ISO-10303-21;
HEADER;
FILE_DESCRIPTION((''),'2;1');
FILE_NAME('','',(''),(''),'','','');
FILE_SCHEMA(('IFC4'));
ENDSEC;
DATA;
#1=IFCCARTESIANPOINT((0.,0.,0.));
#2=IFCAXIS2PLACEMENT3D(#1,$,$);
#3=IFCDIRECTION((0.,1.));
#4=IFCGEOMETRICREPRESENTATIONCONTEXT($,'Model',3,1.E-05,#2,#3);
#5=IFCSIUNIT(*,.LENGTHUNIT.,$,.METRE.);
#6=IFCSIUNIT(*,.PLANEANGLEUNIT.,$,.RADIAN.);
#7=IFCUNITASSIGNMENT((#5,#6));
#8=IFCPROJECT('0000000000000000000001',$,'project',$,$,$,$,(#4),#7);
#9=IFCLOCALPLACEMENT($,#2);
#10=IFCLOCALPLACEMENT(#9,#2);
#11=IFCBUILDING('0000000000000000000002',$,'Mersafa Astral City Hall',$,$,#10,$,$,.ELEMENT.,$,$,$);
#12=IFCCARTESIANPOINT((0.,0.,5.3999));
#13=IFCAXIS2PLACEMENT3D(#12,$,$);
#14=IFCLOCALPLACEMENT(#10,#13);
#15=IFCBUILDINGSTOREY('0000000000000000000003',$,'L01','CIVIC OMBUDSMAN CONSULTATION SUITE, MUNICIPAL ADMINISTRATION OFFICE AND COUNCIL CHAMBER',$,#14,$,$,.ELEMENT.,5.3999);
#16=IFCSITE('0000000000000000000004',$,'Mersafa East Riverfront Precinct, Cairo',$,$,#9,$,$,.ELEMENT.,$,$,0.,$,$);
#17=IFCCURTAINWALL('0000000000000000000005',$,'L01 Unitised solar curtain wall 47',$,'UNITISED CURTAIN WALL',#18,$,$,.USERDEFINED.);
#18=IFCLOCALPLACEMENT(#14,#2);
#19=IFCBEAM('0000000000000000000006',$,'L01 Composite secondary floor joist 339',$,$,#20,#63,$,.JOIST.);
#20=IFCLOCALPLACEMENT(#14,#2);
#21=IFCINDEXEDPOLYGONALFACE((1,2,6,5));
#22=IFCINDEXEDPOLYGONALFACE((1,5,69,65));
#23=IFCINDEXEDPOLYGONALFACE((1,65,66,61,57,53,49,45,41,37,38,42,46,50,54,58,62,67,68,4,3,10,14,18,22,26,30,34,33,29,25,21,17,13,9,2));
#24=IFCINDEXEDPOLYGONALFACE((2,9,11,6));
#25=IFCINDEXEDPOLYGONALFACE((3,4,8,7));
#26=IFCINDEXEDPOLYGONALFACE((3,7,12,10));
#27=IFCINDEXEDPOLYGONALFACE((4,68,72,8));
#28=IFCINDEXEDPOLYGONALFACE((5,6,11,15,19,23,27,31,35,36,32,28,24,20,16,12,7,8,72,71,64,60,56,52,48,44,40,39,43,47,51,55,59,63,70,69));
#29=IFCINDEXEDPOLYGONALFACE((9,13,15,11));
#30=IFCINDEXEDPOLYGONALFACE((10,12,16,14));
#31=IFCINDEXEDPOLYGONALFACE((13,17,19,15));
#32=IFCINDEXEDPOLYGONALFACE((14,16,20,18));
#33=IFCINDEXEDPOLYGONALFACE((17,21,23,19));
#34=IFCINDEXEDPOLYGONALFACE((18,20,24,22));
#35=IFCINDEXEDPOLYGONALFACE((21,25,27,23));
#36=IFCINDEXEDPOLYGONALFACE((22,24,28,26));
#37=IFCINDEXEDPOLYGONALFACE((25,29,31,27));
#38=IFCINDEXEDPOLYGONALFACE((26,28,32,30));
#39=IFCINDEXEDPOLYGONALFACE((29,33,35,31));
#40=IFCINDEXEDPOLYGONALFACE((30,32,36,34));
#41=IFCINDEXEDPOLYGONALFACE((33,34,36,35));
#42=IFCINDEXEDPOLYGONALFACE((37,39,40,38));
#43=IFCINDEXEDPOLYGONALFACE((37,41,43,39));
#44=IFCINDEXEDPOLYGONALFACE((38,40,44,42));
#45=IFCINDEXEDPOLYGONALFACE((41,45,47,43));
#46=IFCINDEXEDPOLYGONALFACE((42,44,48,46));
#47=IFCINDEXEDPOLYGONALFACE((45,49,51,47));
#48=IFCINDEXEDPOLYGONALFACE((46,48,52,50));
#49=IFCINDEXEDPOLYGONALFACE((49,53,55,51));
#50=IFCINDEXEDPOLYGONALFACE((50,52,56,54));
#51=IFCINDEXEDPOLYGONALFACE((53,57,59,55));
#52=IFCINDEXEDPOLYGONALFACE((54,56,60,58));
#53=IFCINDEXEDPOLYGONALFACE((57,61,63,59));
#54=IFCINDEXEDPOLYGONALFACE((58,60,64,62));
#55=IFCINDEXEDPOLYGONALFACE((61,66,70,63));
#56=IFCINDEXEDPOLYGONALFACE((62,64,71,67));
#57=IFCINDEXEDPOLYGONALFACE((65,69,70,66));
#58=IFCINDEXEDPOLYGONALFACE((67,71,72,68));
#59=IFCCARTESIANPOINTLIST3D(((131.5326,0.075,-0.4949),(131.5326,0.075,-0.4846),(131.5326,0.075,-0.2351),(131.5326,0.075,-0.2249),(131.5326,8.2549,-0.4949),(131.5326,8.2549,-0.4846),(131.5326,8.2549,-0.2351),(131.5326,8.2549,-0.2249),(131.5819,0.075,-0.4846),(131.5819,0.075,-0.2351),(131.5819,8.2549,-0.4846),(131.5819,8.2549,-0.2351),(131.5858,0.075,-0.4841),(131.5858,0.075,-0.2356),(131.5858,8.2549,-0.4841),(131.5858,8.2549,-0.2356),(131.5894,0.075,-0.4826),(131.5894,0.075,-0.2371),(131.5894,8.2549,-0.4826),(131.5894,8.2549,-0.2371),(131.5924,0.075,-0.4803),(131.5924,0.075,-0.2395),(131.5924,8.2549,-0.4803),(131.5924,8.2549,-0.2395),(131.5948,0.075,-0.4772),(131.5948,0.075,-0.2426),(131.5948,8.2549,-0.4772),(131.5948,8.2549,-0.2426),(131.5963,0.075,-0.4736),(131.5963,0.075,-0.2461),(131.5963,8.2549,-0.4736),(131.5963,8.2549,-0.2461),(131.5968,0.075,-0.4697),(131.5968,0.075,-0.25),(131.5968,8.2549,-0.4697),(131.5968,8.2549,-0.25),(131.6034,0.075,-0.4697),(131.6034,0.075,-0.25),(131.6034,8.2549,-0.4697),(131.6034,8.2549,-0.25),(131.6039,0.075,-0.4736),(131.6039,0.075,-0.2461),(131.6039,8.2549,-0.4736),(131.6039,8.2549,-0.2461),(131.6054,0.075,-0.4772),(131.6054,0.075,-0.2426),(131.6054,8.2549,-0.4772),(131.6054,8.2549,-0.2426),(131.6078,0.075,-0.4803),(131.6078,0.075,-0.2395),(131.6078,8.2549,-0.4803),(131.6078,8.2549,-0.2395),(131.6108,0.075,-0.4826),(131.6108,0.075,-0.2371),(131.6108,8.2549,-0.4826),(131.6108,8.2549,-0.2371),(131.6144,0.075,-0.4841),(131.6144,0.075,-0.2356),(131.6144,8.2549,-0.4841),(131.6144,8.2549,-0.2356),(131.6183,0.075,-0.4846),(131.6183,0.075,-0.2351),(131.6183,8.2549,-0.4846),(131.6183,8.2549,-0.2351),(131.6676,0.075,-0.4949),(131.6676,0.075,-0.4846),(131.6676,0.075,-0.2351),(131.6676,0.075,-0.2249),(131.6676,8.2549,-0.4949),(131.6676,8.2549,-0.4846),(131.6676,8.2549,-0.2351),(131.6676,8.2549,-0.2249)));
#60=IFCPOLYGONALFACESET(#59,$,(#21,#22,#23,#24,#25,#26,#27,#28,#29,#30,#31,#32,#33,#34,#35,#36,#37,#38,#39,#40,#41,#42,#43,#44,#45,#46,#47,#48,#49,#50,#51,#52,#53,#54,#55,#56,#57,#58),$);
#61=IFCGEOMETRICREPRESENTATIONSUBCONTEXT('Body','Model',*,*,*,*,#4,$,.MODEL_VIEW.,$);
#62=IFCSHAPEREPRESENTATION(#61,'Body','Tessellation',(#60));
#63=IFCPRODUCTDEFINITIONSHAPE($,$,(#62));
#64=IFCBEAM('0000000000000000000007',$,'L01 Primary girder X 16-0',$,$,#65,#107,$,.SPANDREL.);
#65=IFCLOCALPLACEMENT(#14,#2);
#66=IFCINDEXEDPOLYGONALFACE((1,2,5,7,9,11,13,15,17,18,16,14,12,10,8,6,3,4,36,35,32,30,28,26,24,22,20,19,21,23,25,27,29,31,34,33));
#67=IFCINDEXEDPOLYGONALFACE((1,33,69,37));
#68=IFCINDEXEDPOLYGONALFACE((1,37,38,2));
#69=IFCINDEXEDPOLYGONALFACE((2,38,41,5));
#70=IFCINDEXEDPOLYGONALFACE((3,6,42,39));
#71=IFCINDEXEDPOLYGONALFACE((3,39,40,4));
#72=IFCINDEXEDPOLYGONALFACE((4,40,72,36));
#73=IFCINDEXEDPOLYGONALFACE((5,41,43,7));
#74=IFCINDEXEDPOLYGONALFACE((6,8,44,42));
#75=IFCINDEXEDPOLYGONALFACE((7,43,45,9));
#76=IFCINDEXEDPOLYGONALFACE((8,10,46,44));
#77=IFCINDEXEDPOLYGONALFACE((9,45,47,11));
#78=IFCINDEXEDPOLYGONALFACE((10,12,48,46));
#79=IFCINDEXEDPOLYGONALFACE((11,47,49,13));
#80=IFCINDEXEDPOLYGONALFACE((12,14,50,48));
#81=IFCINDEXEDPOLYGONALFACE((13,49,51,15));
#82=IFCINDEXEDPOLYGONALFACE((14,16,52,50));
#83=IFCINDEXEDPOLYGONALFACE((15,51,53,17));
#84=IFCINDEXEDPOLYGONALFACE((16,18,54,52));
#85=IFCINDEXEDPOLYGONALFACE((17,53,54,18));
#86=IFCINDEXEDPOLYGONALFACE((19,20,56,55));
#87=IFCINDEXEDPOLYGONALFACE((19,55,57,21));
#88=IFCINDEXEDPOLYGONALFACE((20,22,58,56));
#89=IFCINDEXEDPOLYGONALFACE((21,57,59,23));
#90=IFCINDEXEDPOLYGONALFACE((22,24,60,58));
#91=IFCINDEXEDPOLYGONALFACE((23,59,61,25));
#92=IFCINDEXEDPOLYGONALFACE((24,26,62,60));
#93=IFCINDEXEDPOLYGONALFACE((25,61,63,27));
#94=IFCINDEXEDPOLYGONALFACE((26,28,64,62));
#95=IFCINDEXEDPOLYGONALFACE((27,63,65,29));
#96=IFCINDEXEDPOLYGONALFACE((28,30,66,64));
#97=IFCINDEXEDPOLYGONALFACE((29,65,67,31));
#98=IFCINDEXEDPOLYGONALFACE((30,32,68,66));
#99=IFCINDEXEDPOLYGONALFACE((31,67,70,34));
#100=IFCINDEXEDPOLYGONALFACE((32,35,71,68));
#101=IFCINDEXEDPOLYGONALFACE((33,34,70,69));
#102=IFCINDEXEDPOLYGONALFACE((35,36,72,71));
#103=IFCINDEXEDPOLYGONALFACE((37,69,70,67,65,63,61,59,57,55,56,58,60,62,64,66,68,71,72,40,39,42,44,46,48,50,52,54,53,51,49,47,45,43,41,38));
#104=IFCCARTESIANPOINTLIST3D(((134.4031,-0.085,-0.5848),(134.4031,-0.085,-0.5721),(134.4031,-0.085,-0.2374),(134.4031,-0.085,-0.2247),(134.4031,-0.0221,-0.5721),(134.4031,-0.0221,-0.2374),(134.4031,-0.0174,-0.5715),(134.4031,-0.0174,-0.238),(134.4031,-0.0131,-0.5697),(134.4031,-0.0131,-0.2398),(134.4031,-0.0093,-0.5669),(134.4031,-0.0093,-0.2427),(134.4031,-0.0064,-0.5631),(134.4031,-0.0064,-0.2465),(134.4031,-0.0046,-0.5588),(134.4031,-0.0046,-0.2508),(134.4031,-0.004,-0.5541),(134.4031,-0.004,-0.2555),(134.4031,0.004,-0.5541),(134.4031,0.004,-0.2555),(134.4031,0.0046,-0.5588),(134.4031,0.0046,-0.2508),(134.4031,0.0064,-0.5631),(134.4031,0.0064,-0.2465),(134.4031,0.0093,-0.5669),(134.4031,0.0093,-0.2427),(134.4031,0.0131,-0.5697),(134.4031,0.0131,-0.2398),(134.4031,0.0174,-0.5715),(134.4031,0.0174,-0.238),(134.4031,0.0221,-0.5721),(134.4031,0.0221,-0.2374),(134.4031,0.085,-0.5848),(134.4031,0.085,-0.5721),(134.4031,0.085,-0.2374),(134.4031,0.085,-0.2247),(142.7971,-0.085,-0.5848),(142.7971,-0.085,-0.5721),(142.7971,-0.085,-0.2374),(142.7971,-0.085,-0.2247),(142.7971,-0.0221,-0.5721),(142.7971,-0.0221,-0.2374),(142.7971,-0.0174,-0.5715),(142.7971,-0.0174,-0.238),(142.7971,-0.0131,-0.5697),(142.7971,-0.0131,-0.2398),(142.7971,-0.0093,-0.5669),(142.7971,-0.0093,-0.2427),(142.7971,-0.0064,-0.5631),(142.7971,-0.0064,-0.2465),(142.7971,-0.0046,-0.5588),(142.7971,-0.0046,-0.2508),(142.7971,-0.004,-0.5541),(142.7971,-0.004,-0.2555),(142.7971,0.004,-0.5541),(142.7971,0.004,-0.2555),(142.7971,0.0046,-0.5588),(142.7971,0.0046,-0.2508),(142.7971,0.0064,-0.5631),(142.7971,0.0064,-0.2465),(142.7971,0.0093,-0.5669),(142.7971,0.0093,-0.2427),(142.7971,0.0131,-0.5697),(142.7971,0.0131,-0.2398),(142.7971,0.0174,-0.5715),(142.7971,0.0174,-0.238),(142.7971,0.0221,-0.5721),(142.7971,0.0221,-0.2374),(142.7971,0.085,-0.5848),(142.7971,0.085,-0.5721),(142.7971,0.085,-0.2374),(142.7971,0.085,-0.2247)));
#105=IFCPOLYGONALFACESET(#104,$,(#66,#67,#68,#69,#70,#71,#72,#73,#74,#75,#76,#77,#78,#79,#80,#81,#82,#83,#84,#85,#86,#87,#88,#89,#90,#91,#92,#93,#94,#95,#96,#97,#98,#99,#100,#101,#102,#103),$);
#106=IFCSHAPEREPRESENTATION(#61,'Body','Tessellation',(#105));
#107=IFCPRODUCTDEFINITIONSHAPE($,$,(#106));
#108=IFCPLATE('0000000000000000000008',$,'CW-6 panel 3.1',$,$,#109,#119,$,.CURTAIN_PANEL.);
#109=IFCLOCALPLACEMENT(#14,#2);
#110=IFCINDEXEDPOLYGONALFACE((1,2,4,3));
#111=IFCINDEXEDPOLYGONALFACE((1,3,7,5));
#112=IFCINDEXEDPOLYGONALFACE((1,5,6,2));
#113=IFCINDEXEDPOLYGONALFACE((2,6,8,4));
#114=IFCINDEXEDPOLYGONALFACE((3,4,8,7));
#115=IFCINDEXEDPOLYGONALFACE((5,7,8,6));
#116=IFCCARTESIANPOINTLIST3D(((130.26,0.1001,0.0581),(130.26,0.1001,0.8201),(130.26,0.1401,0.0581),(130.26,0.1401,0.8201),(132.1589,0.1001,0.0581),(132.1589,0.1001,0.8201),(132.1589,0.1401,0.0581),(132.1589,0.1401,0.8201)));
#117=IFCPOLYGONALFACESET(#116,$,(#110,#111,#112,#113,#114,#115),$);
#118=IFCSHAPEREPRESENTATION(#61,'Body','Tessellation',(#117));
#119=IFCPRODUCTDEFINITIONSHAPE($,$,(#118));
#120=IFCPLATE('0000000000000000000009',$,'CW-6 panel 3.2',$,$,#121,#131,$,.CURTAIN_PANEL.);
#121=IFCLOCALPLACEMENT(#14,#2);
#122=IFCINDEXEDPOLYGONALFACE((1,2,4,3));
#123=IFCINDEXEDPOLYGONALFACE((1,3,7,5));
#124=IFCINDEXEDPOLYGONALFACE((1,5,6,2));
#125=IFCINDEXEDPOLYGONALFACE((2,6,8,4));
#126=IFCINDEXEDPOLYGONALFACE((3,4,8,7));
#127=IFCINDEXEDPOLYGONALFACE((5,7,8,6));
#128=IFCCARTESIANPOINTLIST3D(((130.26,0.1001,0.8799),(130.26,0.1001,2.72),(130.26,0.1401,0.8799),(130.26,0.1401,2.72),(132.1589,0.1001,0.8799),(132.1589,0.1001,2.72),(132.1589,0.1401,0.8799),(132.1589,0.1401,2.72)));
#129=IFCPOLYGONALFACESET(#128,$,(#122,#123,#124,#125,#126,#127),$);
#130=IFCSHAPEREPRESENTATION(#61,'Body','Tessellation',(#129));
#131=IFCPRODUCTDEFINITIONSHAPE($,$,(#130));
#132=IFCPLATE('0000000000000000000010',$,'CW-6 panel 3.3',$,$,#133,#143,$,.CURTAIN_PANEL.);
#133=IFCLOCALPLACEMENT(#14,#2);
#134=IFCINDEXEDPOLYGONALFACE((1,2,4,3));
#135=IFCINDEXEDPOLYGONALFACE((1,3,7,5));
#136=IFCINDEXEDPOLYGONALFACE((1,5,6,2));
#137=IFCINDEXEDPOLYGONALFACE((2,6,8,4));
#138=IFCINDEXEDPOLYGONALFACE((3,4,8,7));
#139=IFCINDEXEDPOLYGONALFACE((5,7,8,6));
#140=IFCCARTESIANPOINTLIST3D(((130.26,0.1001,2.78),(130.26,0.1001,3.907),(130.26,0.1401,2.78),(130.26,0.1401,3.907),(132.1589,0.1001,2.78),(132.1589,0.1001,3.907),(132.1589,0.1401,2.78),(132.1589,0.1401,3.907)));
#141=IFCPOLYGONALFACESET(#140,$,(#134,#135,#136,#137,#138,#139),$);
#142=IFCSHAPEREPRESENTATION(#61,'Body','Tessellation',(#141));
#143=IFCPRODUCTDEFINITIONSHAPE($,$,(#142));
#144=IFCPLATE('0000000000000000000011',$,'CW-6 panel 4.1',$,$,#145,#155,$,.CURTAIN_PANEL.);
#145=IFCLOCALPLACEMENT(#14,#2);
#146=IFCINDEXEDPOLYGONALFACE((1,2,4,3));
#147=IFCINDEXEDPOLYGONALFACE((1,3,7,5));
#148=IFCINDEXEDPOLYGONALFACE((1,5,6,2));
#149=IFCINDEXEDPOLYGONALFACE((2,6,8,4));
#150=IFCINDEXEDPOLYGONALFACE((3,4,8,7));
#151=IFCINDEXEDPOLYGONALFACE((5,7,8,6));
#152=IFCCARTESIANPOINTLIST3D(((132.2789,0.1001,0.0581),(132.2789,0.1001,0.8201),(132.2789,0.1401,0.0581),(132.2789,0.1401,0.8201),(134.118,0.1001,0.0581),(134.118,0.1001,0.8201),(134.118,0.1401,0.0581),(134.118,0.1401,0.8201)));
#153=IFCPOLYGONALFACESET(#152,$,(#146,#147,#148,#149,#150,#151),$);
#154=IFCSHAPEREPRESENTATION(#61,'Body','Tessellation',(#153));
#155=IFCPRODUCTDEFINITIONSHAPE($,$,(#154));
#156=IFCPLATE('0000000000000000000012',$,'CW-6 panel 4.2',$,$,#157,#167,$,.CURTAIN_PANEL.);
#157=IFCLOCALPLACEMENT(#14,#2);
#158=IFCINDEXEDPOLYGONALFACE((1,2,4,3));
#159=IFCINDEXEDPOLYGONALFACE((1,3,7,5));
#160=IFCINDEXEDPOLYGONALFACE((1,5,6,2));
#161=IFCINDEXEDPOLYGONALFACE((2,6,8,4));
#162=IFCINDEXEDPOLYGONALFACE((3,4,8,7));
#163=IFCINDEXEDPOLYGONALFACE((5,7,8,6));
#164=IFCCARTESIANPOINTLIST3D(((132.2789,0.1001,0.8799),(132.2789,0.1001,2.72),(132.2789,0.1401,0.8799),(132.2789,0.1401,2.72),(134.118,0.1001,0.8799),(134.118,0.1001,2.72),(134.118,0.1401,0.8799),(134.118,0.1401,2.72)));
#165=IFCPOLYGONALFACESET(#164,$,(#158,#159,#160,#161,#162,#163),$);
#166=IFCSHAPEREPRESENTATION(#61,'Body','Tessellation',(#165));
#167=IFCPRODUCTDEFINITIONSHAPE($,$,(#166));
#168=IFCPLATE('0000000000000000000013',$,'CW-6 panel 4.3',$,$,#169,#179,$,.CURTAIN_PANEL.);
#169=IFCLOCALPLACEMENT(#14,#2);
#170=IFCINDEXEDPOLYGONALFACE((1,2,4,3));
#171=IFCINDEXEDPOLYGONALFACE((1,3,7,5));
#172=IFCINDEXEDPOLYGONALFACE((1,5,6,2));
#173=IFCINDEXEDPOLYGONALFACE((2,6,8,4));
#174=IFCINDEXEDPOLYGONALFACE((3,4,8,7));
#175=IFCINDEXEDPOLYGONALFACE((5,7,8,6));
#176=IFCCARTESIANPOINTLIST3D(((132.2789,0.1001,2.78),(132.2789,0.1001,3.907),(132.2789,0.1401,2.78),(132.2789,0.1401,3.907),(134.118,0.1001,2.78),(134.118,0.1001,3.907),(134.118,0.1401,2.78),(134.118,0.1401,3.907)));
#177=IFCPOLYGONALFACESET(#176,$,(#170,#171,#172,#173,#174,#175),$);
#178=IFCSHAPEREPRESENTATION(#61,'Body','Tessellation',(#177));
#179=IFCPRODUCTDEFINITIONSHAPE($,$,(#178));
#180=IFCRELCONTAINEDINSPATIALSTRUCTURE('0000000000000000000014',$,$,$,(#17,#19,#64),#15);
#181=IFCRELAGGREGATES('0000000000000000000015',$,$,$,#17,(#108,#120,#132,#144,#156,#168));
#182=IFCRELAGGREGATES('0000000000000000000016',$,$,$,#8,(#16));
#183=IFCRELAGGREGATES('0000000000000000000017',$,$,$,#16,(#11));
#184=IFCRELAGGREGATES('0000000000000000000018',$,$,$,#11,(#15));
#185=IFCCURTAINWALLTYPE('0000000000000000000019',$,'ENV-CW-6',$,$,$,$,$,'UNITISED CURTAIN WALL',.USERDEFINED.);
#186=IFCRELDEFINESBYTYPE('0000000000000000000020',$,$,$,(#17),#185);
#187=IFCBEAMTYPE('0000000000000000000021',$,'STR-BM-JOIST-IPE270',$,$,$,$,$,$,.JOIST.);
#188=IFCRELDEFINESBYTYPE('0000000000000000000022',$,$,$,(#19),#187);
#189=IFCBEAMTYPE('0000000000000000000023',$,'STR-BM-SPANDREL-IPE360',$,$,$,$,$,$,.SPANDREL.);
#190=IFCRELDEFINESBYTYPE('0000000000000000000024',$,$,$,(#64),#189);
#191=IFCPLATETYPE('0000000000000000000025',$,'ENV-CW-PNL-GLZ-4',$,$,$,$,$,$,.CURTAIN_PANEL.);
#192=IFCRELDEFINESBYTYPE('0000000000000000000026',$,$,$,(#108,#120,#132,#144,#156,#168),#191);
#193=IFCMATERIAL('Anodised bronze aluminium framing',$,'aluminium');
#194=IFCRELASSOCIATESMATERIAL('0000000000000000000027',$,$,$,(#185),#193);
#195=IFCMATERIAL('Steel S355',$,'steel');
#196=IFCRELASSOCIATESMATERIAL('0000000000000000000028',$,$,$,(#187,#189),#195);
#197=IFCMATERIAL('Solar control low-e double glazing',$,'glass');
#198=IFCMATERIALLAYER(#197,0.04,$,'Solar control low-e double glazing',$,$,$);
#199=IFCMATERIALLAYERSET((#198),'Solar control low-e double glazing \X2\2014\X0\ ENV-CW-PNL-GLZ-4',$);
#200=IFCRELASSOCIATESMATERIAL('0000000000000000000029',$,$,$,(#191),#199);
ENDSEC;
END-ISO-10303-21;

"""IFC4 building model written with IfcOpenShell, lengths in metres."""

from ifc_helpers import new_model, si_unit, direction, frame, origin, origin_2d, place, context, subcontext, project, spatial, rectangle, i_section, extrude, material, layer, layer_set, material_profile, profile_set, type_object, element, aggregate, save


model = new_model("IFC4")

# Units and contexts
model_context = context("Model", 3, precision=1e-05, world=origin(), true_north=direction((0.0, 1.0)))
body_context = subcontext(model_context, "Body", "Model", "MODEL_VIEW")
ifc_project = project(units=[si_unit("LENGTHUNIT", "METRE"), si_unit("PLANEANGLEUNIT", "RADIAN")], contexts=[model_context])

# Site, building, storey
site_placement = place(None, origin())
site = spatial("IfcSite", under=ifc_project, at=site_placement, Name="Mersafa East Riverfront Precinct, Cairo", CompositionType="ELEMENT", RefElevation=0.0)
building_placement = place(site_placement, origin())
building = spatial("IfcBuilding", under=site, at=building_placement, Name="Mersafa Astral City Hall", CompositionType="ELEMENT")
storey_placement = place(building_placement, frame((0.0, 0.0, 5.3999)))
storey = spatial("IfcBuildingStorey", under=building, at=storey_placement, Name="L01", Description="CIVIC OMBUDSMAN CONSULTATION SUITE, MUNICIPAL ADMINISTRATION OFFICE AND COUNCIL CHAMBER", CompositionType="ELEMENT", Elevation=5.3999)

# Shared definitions
ifc_material_1 = material(Name="Steel S355", Category="steel")

# Curtain wall
ifc_material_2 = material(Name="Anodised bronze aluminium framing", Category="aluminium")
curtain_wall_type = type_object("IfcCurtainWallType", Name="ENV-CW-6", ElementType="UNITISED CURTAIN WALL", PredefinedType="USERDEFINED", material=ifc_material_2)
curtain_wall_placement = place(storey_placement, origin())
curtain_wall = element("IfcCurtainWall", 1, at=curtain_wall_placement, inside=storey, type_object=curtain_wall_type, Name="L01 Unitised solar curtain wall 47", ObjectType="UNITISED CURTAIN WALL", PredefinedType="USERDEFINED")

# Beams
ifc_material_profile_1 = material_profile(ifc_material_1, i_section(OverallWidth=0.135, OverallDepth=0.27, WebThickness=0.0066, FlangeThickness=0.0103, FilletRadius=0.0149, at=origin_2d()), Name="IPE 270")
ifc_profile_set_1 = profile_set([ifc_material_profile_1], Name="Steel S355")
beam_type_1 = type_object("IfcBeamType", Name="STR-BM-JOIST-IPE270", PredefinedType="JOIST", material=ifc_profile_set_1)
beam_1_placement = place(storey_placement, frame((131.6001, 0.075, -0.3599), z_axis=(0.0, 1.0, 0.0), x_axis=(-1.0, 0.0, 0.0)))
element("IfcBeam", 2, at=beam_1_placement, inside=storey, type_object=beam_type_1, Name="L01 Composite secondary floor joist 339", PredefinedType="JOIST", context=body_context, shape_type="SweptSolid", body=[
    extrude(i_section(OverallWidth=0.135, OverallDepth=0.27, WebThickness=0.0066, FlangeThickness=0.0103, FilletRadius=0.0149, at=origin_2d()), origin(), (0.0, 0.0, 1.0), 8.1799),
])
ifc_material_profile_2 = material_profile(ifc_material_1, i_section(OverallWidth=0.1699, OverallDepth=0.3601, WebThickness=0.0081, FlangeThickness=0.0127, FilletRadius=0.0181, at=origin_2d()), Name="IPE 360")
ifc_profile_set_2 = profile_set([ifc_material_profile_2], Name="Steel S355")
beam_type_2 = type_object("IfcBeamType", Name="STR-BM-SPANDREL-IPE360", PredefinedType="SPANDREL", material=ifc_profile_set_2)
beam_2_placement = place(storey_placement, frame((134.4031, 0.0, -0.4048), z_axis=(1.0, 0.0, 0.0), x_axis=(0.0, 1.0, 0.0)))
element("IfcBeam", 3, at=beam_2_placement, inside=storey, type_object=beam_type_2, Name="L01 Primary girder X 16-0", PredefinedType="SPANDREL", context=body_context, shape_type="SweptSolid", body=[
    extrude(i_section(OverallWidth=0.1699, OverallDepth=0.3601, WebThickness=0.0081, FlangeThickness=0.0127, FilletRadius=0.0181, at=origin_2d()), origin(), (0.0, 0.0, 1.0), 8.394),
])

# Plates
ifc_material_3 = material(Name="Solar control low-e double glazing", Category="glass")
ifc_layer_1 = layer(ifc_material_3, 0.04, Name="Solar control low-e double glazing")
ifc_layer_set_1 = layer_set([ifc_layer_1], Name="Solar control low-e double glazing — ENV-CW-PNL-GLZ-4")
plate_type = type_object("IfcPlateType", Name="ENV-CW-PNL-GLZ-4", PredefinedType="CURTAIN_PANEL", material=ifc_layer_set_1)
plate_1_placement = place(storey_placement, frame((131.2095, 0.1201, 0.0581), z_axis=(0.0, 0.0, 1.0), x_axis=(1.0, 0.0, 0.0)))
plate_1 = element("IfcPlate", 4, at=plate_1_placement, type_object=plate_type, Name="CW-6 panel 3.1", PredefinedType="CURTAIN_PANEL", context=body_context, shape_type="SweptSolid", body=[
    extrude(rectangle(XDim=1.8989, YDim=0.04, at=origin_2d()), origin(), (0.0, 0.0, 1.0), 0.762),
])
plate_2_placement = place(storey_placement, frame((131.2095, 0.1201, 0.8799), z_axis=(0.0, 0.0, 1.0), x_axis=(1.0, 0.0, 0.0)))
plate_2 = element("IfcPlate", 5, at=plate_2_placement, type_object=plate_type, Name="CW-6 panel 3.2", PredefinedType="CURTAIN_PANEL", context=body_context, shape_type="SweptSolid", body=[
    extrude(rectangle(XDim=1.8989, YDim=0.04, at=origin_2d()), origin(), (0.0, 0.0, 1.0), 1.8401),
])
plate_3_placement = place(storey_placement, frame((131.2095, 0.1201, 2.78), z_axis=(0.0, 0.0, 1.0), x_axis=(1.0, 0.0, 0.0)))
plate_3 = element("IfcPlate", 6, at=plate_3_placement, type_object=plate_type, Name="CW-6 panel 3.3", PredefinedType="CURTAIN_PANEL", context=body_context, shape_type="SweptSolid", body=[
    extrude(rectangle(XDim=1.8989, YDim=0.04, at=origin_2d()), origin(), (0.0, 0.0, 1.0), 1.127),
])
plate_4_placement = place(storey_placement, frame((133.1985, 0.1201, 0.0581), z_axis=(0.0, 0.0, 1.0), x_axis=(1.0, 0.0, 0.0)))
plate_4 = element("IfcPlate", 7, at=plate_4_placement, type_object=plate_type, Name="CW-6 panel 4.1", PredefinedType="CURTAIN_PANEL", context=body_context, shape_type="SweptSolid", body=[
    extrude(rectangle(XDim=1.8391, YDim=0.04, at=origin_2d()), origin(), (0.0, 0.0, 1.0), 0.762),
])
plate_5_placement = place(storey_placement, frame((133.1985, 0.1201, 0.8799), z_axis=(0.0, 0.0, 1.0), x_axis=(1.0, 0.0, 0.0)))
plate_5 = element("IfcPlate", 8, at=plate_5_placement, type_object=plate_type, Name="CW-6 panel 4.2", PredefinedType="CURTAIN_PANEL", context=body_context, shape_type="SweptSolid", body=[
    extrude(rectangle(XDim=1.8391, YDim=0.04, at=origin_2d()), origin(), (0.0, 0.0, 1.0), 1.8401),
])
plate_6_placement = place(storey_placement, frame((133.1985, 0.1201, 2.78), z_axis=(0.0, 0.0, 1.0), x_axis=(1.0, 0.0, 0.0)))
plate_6 = element("IfcPlate", 9, at=plate_6_placement, type_object=plate_type, Name="CW-6 panel 4.3", PredefinedType="CURTAIN_PANEL", context=body_context, shape_type="SweptSolid", body=[
    extrude(rectangle(XDim=1.8391, YDim=0.04, at=origin_2d()), origin(), (0.0, 0.0, 1.0), 1.127),
])
aggregate(curtain_wall, [plate_1, plate_2, plate_3, plate_4, plate_5, plate_6])

save(model, "model.ifc")
